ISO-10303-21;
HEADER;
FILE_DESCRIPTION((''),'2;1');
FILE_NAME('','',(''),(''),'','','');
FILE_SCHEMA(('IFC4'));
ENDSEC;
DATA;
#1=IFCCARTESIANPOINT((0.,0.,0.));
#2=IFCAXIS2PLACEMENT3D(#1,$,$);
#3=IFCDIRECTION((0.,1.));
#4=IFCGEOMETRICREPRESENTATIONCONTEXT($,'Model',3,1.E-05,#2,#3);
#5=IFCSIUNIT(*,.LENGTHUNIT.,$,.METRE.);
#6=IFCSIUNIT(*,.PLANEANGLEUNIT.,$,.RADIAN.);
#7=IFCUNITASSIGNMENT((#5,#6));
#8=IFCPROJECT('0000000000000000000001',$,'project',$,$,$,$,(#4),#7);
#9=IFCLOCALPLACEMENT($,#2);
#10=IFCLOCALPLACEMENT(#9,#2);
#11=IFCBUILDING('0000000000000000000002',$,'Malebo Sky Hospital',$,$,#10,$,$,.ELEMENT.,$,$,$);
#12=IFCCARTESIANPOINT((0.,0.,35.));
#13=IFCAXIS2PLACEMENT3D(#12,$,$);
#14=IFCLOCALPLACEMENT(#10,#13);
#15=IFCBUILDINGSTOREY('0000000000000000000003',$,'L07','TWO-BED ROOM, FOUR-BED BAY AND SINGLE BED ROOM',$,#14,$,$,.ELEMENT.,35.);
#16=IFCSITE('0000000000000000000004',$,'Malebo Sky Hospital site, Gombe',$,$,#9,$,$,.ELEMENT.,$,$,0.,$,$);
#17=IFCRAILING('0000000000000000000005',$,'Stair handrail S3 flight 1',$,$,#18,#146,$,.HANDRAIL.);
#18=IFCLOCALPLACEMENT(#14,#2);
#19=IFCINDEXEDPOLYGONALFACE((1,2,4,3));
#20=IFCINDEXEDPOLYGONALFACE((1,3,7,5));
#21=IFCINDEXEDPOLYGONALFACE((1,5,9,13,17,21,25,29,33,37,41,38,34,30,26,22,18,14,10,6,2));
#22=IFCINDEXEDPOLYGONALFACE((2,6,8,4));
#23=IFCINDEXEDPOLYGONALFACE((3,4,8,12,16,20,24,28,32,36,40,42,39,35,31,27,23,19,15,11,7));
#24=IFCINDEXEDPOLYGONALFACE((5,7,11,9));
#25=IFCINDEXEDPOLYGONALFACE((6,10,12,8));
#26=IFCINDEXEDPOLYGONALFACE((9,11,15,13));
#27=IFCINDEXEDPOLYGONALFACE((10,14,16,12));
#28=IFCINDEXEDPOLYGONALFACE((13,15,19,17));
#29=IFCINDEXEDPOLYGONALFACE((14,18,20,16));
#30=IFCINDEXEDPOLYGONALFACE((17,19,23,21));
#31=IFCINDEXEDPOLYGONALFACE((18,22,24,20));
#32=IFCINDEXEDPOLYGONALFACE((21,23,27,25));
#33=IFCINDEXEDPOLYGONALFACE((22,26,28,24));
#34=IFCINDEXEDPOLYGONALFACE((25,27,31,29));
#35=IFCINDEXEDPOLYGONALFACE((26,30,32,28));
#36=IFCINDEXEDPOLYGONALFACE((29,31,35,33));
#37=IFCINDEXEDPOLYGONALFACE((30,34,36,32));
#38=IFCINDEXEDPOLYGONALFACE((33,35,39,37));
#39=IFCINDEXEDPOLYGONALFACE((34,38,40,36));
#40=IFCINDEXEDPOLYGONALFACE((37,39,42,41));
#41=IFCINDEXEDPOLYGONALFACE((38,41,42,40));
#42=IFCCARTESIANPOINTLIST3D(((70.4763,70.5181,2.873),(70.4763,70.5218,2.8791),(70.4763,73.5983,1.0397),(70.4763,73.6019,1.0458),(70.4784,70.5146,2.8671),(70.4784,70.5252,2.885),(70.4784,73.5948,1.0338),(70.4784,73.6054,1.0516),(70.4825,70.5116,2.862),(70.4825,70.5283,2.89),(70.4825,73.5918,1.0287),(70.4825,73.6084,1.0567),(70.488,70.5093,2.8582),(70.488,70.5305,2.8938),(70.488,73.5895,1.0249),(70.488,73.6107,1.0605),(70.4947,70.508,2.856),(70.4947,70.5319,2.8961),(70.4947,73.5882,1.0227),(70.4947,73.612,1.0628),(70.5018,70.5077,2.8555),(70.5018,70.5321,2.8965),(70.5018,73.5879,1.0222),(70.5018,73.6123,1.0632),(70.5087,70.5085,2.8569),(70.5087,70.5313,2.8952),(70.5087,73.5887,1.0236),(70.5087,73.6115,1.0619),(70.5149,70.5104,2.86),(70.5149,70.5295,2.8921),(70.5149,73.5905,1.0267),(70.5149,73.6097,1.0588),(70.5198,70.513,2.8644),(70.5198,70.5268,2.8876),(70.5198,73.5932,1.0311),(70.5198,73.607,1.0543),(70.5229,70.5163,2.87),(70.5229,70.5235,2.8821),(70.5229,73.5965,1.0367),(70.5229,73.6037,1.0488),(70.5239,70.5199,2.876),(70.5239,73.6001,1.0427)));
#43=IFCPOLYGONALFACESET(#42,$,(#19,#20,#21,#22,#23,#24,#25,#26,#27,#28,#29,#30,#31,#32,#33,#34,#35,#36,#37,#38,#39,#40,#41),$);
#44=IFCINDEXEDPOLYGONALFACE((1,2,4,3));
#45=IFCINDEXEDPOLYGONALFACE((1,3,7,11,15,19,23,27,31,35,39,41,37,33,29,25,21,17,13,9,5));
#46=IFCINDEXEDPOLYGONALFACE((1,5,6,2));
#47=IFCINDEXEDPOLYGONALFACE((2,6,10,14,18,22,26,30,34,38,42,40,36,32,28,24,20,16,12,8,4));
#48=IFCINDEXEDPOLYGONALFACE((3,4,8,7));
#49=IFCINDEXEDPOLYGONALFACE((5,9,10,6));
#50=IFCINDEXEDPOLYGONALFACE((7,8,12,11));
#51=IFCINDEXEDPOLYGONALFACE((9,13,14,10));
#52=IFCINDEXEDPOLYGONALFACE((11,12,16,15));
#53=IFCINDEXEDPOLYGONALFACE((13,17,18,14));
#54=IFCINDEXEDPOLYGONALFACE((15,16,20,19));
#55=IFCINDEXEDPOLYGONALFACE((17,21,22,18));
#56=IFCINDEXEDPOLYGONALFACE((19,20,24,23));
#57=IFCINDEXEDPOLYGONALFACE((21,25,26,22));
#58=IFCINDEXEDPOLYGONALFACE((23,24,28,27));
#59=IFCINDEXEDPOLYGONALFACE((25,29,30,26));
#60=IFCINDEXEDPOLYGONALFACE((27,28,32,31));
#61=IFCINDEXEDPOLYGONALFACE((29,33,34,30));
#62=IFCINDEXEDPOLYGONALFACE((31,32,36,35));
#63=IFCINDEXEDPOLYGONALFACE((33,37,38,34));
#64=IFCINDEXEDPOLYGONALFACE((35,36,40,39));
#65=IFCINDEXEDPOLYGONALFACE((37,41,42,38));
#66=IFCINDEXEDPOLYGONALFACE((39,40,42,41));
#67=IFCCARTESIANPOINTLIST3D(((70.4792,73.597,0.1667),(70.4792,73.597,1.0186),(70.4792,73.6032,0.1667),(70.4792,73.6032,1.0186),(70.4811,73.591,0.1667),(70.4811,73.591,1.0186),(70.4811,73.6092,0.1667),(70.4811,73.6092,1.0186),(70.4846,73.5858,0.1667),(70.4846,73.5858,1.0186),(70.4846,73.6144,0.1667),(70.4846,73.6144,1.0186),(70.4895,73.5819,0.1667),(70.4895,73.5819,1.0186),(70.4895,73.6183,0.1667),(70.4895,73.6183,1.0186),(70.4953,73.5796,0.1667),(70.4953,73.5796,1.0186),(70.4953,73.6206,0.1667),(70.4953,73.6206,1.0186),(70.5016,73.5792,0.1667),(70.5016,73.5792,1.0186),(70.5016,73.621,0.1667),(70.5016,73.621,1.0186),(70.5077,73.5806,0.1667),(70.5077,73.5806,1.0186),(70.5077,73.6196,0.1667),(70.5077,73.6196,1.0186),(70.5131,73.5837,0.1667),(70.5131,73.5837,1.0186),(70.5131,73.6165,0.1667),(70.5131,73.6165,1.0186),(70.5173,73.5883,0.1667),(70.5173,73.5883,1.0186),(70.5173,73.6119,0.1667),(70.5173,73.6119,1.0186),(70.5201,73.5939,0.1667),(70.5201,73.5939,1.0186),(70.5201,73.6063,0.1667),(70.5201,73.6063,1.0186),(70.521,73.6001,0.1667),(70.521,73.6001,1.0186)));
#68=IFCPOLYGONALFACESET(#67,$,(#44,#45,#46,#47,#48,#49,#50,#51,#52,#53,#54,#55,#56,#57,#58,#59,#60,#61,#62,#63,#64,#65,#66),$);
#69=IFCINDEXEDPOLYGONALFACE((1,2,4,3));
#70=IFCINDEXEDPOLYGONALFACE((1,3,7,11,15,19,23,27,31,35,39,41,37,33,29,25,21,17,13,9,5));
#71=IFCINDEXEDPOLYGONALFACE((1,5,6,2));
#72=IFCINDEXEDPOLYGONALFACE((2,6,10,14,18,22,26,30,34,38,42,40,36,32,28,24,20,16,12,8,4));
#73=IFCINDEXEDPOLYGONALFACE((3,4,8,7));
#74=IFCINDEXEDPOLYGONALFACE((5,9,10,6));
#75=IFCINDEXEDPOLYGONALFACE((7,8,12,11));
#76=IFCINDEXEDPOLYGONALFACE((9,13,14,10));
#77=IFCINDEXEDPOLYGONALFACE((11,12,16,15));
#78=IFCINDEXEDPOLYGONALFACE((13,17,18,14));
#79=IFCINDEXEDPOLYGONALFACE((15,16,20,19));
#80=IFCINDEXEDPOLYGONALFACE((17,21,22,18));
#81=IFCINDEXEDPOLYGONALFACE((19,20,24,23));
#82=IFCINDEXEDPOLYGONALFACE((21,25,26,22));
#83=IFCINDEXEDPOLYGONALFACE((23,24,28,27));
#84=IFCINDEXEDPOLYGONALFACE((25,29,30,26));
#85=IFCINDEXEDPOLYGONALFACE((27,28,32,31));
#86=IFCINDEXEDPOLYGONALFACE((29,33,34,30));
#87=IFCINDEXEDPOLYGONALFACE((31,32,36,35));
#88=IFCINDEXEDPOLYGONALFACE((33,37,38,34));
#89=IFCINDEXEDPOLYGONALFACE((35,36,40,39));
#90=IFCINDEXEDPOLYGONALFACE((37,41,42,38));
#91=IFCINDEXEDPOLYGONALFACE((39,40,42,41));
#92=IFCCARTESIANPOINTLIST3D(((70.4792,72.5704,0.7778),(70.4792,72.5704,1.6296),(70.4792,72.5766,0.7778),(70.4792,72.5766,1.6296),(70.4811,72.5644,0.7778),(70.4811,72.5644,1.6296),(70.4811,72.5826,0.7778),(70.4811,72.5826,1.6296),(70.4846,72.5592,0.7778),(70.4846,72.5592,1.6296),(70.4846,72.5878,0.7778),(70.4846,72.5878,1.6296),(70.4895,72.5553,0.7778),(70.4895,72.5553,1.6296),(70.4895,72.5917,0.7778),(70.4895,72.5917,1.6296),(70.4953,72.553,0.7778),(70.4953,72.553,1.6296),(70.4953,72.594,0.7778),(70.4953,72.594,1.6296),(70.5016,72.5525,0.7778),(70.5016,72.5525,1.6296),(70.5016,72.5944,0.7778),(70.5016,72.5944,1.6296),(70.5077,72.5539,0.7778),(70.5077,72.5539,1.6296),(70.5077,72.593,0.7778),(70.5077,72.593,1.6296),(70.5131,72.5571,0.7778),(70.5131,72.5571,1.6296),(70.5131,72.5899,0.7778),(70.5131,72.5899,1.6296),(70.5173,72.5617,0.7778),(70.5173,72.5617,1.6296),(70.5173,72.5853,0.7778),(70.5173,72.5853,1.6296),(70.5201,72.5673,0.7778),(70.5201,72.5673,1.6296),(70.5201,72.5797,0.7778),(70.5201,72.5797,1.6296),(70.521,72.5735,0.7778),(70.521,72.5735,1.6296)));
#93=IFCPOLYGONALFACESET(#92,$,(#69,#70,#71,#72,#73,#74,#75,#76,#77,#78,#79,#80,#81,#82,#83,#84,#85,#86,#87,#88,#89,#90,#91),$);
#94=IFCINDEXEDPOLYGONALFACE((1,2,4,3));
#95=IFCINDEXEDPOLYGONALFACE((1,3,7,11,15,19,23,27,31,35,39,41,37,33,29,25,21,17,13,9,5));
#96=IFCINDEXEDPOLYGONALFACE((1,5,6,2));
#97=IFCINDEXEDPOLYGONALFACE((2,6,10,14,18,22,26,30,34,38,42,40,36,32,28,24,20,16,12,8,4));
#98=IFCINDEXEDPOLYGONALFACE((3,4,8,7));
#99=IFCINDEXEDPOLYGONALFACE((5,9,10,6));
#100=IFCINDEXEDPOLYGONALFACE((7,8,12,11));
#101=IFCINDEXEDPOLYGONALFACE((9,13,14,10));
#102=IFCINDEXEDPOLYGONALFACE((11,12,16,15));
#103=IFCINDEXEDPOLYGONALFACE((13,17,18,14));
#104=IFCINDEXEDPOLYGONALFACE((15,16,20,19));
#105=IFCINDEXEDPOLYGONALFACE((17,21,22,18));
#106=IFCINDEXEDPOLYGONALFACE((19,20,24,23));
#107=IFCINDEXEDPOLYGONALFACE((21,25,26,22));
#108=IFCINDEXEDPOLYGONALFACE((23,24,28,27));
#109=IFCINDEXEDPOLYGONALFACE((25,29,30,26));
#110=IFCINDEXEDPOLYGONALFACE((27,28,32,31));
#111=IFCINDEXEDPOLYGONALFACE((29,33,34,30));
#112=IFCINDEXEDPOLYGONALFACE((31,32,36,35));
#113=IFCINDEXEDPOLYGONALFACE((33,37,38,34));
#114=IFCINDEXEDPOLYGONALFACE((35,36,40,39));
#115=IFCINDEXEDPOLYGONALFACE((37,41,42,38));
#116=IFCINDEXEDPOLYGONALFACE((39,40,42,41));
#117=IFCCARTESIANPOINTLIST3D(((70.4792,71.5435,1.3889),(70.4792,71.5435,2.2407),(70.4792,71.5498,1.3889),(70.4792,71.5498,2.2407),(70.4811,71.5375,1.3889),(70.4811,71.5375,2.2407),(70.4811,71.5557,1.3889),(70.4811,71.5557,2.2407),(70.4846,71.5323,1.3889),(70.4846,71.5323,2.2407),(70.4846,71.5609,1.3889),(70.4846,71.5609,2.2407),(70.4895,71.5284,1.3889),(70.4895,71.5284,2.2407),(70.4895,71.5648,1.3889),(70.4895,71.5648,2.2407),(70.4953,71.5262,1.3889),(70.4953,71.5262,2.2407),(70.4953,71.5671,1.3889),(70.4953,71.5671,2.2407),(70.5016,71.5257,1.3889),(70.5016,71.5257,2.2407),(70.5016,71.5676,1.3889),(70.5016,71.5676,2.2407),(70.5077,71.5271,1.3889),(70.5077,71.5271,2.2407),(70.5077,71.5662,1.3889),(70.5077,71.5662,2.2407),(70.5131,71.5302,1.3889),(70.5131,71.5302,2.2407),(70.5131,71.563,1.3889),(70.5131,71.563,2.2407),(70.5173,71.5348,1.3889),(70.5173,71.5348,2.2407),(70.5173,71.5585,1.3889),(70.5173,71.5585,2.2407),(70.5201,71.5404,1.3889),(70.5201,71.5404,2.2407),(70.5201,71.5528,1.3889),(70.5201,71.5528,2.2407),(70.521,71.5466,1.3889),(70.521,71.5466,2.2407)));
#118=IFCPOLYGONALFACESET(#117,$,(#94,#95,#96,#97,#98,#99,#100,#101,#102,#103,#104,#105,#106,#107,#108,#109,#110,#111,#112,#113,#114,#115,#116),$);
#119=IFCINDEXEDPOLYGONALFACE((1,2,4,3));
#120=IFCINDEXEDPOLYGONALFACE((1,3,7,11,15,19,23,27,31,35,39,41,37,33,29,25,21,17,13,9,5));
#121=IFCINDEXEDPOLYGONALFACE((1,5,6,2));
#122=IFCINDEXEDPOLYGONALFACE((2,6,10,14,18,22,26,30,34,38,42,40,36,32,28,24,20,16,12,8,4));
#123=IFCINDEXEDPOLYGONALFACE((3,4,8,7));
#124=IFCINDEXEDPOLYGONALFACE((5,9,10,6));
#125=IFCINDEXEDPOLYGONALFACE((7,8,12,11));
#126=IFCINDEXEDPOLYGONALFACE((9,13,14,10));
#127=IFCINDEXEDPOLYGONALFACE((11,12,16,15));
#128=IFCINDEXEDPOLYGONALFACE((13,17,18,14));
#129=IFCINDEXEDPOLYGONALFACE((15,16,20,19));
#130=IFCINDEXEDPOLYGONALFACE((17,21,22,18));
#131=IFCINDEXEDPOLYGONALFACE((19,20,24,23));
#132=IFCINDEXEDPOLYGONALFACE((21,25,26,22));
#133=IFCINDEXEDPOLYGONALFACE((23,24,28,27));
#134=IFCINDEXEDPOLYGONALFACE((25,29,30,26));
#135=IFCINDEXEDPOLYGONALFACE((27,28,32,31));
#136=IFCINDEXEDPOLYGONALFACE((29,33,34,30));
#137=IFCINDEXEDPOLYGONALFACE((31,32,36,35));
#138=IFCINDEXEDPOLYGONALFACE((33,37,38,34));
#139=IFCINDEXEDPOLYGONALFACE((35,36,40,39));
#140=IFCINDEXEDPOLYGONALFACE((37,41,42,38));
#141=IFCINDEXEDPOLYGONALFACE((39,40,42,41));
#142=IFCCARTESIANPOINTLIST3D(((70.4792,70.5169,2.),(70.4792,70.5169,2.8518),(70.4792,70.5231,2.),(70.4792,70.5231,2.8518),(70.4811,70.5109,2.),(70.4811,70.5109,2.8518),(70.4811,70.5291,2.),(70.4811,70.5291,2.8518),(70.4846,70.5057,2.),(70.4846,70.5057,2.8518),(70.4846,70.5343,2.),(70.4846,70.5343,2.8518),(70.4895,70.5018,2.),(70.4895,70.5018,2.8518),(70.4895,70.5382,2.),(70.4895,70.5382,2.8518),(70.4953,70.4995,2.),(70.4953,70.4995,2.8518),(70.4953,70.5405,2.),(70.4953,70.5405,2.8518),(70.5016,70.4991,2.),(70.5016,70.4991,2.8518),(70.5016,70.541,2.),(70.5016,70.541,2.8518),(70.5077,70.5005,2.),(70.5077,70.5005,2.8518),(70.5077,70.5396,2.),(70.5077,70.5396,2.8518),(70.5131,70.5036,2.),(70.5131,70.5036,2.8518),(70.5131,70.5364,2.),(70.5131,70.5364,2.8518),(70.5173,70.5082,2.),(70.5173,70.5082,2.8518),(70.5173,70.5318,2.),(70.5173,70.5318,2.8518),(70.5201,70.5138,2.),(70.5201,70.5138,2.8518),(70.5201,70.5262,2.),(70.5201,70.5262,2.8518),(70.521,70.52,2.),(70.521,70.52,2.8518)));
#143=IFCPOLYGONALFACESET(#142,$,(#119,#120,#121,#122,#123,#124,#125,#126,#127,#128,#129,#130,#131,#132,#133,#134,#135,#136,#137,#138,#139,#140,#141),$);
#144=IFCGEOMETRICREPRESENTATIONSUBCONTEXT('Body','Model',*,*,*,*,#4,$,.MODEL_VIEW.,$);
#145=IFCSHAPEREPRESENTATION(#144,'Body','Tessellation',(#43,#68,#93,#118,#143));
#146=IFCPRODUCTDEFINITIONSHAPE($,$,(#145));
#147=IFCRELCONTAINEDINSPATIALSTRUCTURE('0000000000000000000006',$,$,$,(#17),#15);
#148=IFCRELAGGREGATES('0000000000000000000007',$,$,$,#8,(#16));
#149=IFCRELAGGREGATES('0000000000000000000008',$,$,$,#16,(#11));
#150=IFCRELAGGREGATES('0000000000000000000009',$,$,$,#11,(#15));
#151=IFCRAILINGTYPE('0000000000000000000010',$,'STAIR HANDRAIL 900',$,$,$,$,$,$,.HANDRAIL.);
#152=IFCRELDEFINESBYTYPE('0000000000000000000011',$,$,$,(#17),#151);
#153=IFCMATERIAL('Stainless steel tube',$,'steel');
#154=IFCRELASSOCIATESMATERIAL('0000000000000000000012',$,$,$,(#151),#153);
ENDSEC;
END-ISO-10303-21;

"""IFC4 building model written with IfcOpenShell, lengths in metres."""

from ifc_helpers import new_model, si_unit, direction, frame, origin, origin_2d, place, context, subcontext, project, spatial, circle, extrude, material, type_object, element, save


model = new_model("IFC4")

# Units and contexts
model_context = context("Model", 3, precision=1e-05, world=origin(), true_north=direction((0.0, 1.0)))
body_context = subcontext(model_context, "Body", "Model", "MODEL_VIEW")
ifc_project = project(units=[si_unit("LENGTHUNIT", "METRE"), si_unit("PLANEANGLEUNIT", "RADIAN")], contexts=[model_context])

# Site, building, storey
site_placement = place(None, origin())
site = spatial("IfcSite", under=ifc_project, at=site_placement, Name="Malebo Sky Hospital site, Gombe", CompositionType="ELEMENT", RefElevation=0.0)
building_placement = place(site_placement, origin())
building = spatial("IfcBuilding", under=site, at=building_placement, Name="Malebo Sky Hospital", CompositionType="ELEMENT")
storey_placement = place(building_placement, frame((0.0, 0.0, 35.0)))
storey = spatial("IfcBuildingStorey", under=building, at=storey_placement, Name="L07", Description="TWO-BED ROOM, FOUR-BED BAY AND SINGLE BED ROOM", CompositionType="ELEMENT", Elevation=35.0)

# Railing
ifc_material_1 = material(Name="Stainless steel tube", Category="steel")
railing_type = type_object("IfcRailingType", Name="STAIR HANDRAIL 900", PredefinedType="HANDRAIL", material=ifc_material_1)
railing_1_placement = place(storey_placement, frame((70.5, 73.6001, 0.1667)))
element("IfcRailing", 1, at=railing_1_placement, inside=storey, type_object=railing_type, Name="Stair handrail S3 flight 1", PredefinedType="HANDRAIL", context=body_context, shape_type="SweptSolid", body=[
    extrude(circle(Radius=0.0239, at=origin_2d()), frame((0.0, 0.0, 0.876), z_axis=(0.0, -0.859309, 0.511458), x_axis=(1.0, 0.0, 0.0)), (0.0, 0.0, 1.0), 3.5845),
    extrude(circle(Radius=0.021, at=origin_2d()), origin(), (0.0, 0.0, 1.0), 0.8518),
    extrude(circle(Radius=0.021, at=origin_2d()), frame((0.0, -1.0266, 0.6111)), (0.0, 0.0, 1.0), 0.8518),
    extrude(circle(Radius=0.021, at=origin_2d()), frame((0.0, -2.0535, 1.2222)), (0.0, 0.0, 1.0), 0.8518),
    extrude(circle(Radius=0.021, at=origin_2d()), frame((0.0, -3.0801, 1.8333)), (0.0, 0.0, 1.0), 0.8518),
])

save(model, "model.ifc")
